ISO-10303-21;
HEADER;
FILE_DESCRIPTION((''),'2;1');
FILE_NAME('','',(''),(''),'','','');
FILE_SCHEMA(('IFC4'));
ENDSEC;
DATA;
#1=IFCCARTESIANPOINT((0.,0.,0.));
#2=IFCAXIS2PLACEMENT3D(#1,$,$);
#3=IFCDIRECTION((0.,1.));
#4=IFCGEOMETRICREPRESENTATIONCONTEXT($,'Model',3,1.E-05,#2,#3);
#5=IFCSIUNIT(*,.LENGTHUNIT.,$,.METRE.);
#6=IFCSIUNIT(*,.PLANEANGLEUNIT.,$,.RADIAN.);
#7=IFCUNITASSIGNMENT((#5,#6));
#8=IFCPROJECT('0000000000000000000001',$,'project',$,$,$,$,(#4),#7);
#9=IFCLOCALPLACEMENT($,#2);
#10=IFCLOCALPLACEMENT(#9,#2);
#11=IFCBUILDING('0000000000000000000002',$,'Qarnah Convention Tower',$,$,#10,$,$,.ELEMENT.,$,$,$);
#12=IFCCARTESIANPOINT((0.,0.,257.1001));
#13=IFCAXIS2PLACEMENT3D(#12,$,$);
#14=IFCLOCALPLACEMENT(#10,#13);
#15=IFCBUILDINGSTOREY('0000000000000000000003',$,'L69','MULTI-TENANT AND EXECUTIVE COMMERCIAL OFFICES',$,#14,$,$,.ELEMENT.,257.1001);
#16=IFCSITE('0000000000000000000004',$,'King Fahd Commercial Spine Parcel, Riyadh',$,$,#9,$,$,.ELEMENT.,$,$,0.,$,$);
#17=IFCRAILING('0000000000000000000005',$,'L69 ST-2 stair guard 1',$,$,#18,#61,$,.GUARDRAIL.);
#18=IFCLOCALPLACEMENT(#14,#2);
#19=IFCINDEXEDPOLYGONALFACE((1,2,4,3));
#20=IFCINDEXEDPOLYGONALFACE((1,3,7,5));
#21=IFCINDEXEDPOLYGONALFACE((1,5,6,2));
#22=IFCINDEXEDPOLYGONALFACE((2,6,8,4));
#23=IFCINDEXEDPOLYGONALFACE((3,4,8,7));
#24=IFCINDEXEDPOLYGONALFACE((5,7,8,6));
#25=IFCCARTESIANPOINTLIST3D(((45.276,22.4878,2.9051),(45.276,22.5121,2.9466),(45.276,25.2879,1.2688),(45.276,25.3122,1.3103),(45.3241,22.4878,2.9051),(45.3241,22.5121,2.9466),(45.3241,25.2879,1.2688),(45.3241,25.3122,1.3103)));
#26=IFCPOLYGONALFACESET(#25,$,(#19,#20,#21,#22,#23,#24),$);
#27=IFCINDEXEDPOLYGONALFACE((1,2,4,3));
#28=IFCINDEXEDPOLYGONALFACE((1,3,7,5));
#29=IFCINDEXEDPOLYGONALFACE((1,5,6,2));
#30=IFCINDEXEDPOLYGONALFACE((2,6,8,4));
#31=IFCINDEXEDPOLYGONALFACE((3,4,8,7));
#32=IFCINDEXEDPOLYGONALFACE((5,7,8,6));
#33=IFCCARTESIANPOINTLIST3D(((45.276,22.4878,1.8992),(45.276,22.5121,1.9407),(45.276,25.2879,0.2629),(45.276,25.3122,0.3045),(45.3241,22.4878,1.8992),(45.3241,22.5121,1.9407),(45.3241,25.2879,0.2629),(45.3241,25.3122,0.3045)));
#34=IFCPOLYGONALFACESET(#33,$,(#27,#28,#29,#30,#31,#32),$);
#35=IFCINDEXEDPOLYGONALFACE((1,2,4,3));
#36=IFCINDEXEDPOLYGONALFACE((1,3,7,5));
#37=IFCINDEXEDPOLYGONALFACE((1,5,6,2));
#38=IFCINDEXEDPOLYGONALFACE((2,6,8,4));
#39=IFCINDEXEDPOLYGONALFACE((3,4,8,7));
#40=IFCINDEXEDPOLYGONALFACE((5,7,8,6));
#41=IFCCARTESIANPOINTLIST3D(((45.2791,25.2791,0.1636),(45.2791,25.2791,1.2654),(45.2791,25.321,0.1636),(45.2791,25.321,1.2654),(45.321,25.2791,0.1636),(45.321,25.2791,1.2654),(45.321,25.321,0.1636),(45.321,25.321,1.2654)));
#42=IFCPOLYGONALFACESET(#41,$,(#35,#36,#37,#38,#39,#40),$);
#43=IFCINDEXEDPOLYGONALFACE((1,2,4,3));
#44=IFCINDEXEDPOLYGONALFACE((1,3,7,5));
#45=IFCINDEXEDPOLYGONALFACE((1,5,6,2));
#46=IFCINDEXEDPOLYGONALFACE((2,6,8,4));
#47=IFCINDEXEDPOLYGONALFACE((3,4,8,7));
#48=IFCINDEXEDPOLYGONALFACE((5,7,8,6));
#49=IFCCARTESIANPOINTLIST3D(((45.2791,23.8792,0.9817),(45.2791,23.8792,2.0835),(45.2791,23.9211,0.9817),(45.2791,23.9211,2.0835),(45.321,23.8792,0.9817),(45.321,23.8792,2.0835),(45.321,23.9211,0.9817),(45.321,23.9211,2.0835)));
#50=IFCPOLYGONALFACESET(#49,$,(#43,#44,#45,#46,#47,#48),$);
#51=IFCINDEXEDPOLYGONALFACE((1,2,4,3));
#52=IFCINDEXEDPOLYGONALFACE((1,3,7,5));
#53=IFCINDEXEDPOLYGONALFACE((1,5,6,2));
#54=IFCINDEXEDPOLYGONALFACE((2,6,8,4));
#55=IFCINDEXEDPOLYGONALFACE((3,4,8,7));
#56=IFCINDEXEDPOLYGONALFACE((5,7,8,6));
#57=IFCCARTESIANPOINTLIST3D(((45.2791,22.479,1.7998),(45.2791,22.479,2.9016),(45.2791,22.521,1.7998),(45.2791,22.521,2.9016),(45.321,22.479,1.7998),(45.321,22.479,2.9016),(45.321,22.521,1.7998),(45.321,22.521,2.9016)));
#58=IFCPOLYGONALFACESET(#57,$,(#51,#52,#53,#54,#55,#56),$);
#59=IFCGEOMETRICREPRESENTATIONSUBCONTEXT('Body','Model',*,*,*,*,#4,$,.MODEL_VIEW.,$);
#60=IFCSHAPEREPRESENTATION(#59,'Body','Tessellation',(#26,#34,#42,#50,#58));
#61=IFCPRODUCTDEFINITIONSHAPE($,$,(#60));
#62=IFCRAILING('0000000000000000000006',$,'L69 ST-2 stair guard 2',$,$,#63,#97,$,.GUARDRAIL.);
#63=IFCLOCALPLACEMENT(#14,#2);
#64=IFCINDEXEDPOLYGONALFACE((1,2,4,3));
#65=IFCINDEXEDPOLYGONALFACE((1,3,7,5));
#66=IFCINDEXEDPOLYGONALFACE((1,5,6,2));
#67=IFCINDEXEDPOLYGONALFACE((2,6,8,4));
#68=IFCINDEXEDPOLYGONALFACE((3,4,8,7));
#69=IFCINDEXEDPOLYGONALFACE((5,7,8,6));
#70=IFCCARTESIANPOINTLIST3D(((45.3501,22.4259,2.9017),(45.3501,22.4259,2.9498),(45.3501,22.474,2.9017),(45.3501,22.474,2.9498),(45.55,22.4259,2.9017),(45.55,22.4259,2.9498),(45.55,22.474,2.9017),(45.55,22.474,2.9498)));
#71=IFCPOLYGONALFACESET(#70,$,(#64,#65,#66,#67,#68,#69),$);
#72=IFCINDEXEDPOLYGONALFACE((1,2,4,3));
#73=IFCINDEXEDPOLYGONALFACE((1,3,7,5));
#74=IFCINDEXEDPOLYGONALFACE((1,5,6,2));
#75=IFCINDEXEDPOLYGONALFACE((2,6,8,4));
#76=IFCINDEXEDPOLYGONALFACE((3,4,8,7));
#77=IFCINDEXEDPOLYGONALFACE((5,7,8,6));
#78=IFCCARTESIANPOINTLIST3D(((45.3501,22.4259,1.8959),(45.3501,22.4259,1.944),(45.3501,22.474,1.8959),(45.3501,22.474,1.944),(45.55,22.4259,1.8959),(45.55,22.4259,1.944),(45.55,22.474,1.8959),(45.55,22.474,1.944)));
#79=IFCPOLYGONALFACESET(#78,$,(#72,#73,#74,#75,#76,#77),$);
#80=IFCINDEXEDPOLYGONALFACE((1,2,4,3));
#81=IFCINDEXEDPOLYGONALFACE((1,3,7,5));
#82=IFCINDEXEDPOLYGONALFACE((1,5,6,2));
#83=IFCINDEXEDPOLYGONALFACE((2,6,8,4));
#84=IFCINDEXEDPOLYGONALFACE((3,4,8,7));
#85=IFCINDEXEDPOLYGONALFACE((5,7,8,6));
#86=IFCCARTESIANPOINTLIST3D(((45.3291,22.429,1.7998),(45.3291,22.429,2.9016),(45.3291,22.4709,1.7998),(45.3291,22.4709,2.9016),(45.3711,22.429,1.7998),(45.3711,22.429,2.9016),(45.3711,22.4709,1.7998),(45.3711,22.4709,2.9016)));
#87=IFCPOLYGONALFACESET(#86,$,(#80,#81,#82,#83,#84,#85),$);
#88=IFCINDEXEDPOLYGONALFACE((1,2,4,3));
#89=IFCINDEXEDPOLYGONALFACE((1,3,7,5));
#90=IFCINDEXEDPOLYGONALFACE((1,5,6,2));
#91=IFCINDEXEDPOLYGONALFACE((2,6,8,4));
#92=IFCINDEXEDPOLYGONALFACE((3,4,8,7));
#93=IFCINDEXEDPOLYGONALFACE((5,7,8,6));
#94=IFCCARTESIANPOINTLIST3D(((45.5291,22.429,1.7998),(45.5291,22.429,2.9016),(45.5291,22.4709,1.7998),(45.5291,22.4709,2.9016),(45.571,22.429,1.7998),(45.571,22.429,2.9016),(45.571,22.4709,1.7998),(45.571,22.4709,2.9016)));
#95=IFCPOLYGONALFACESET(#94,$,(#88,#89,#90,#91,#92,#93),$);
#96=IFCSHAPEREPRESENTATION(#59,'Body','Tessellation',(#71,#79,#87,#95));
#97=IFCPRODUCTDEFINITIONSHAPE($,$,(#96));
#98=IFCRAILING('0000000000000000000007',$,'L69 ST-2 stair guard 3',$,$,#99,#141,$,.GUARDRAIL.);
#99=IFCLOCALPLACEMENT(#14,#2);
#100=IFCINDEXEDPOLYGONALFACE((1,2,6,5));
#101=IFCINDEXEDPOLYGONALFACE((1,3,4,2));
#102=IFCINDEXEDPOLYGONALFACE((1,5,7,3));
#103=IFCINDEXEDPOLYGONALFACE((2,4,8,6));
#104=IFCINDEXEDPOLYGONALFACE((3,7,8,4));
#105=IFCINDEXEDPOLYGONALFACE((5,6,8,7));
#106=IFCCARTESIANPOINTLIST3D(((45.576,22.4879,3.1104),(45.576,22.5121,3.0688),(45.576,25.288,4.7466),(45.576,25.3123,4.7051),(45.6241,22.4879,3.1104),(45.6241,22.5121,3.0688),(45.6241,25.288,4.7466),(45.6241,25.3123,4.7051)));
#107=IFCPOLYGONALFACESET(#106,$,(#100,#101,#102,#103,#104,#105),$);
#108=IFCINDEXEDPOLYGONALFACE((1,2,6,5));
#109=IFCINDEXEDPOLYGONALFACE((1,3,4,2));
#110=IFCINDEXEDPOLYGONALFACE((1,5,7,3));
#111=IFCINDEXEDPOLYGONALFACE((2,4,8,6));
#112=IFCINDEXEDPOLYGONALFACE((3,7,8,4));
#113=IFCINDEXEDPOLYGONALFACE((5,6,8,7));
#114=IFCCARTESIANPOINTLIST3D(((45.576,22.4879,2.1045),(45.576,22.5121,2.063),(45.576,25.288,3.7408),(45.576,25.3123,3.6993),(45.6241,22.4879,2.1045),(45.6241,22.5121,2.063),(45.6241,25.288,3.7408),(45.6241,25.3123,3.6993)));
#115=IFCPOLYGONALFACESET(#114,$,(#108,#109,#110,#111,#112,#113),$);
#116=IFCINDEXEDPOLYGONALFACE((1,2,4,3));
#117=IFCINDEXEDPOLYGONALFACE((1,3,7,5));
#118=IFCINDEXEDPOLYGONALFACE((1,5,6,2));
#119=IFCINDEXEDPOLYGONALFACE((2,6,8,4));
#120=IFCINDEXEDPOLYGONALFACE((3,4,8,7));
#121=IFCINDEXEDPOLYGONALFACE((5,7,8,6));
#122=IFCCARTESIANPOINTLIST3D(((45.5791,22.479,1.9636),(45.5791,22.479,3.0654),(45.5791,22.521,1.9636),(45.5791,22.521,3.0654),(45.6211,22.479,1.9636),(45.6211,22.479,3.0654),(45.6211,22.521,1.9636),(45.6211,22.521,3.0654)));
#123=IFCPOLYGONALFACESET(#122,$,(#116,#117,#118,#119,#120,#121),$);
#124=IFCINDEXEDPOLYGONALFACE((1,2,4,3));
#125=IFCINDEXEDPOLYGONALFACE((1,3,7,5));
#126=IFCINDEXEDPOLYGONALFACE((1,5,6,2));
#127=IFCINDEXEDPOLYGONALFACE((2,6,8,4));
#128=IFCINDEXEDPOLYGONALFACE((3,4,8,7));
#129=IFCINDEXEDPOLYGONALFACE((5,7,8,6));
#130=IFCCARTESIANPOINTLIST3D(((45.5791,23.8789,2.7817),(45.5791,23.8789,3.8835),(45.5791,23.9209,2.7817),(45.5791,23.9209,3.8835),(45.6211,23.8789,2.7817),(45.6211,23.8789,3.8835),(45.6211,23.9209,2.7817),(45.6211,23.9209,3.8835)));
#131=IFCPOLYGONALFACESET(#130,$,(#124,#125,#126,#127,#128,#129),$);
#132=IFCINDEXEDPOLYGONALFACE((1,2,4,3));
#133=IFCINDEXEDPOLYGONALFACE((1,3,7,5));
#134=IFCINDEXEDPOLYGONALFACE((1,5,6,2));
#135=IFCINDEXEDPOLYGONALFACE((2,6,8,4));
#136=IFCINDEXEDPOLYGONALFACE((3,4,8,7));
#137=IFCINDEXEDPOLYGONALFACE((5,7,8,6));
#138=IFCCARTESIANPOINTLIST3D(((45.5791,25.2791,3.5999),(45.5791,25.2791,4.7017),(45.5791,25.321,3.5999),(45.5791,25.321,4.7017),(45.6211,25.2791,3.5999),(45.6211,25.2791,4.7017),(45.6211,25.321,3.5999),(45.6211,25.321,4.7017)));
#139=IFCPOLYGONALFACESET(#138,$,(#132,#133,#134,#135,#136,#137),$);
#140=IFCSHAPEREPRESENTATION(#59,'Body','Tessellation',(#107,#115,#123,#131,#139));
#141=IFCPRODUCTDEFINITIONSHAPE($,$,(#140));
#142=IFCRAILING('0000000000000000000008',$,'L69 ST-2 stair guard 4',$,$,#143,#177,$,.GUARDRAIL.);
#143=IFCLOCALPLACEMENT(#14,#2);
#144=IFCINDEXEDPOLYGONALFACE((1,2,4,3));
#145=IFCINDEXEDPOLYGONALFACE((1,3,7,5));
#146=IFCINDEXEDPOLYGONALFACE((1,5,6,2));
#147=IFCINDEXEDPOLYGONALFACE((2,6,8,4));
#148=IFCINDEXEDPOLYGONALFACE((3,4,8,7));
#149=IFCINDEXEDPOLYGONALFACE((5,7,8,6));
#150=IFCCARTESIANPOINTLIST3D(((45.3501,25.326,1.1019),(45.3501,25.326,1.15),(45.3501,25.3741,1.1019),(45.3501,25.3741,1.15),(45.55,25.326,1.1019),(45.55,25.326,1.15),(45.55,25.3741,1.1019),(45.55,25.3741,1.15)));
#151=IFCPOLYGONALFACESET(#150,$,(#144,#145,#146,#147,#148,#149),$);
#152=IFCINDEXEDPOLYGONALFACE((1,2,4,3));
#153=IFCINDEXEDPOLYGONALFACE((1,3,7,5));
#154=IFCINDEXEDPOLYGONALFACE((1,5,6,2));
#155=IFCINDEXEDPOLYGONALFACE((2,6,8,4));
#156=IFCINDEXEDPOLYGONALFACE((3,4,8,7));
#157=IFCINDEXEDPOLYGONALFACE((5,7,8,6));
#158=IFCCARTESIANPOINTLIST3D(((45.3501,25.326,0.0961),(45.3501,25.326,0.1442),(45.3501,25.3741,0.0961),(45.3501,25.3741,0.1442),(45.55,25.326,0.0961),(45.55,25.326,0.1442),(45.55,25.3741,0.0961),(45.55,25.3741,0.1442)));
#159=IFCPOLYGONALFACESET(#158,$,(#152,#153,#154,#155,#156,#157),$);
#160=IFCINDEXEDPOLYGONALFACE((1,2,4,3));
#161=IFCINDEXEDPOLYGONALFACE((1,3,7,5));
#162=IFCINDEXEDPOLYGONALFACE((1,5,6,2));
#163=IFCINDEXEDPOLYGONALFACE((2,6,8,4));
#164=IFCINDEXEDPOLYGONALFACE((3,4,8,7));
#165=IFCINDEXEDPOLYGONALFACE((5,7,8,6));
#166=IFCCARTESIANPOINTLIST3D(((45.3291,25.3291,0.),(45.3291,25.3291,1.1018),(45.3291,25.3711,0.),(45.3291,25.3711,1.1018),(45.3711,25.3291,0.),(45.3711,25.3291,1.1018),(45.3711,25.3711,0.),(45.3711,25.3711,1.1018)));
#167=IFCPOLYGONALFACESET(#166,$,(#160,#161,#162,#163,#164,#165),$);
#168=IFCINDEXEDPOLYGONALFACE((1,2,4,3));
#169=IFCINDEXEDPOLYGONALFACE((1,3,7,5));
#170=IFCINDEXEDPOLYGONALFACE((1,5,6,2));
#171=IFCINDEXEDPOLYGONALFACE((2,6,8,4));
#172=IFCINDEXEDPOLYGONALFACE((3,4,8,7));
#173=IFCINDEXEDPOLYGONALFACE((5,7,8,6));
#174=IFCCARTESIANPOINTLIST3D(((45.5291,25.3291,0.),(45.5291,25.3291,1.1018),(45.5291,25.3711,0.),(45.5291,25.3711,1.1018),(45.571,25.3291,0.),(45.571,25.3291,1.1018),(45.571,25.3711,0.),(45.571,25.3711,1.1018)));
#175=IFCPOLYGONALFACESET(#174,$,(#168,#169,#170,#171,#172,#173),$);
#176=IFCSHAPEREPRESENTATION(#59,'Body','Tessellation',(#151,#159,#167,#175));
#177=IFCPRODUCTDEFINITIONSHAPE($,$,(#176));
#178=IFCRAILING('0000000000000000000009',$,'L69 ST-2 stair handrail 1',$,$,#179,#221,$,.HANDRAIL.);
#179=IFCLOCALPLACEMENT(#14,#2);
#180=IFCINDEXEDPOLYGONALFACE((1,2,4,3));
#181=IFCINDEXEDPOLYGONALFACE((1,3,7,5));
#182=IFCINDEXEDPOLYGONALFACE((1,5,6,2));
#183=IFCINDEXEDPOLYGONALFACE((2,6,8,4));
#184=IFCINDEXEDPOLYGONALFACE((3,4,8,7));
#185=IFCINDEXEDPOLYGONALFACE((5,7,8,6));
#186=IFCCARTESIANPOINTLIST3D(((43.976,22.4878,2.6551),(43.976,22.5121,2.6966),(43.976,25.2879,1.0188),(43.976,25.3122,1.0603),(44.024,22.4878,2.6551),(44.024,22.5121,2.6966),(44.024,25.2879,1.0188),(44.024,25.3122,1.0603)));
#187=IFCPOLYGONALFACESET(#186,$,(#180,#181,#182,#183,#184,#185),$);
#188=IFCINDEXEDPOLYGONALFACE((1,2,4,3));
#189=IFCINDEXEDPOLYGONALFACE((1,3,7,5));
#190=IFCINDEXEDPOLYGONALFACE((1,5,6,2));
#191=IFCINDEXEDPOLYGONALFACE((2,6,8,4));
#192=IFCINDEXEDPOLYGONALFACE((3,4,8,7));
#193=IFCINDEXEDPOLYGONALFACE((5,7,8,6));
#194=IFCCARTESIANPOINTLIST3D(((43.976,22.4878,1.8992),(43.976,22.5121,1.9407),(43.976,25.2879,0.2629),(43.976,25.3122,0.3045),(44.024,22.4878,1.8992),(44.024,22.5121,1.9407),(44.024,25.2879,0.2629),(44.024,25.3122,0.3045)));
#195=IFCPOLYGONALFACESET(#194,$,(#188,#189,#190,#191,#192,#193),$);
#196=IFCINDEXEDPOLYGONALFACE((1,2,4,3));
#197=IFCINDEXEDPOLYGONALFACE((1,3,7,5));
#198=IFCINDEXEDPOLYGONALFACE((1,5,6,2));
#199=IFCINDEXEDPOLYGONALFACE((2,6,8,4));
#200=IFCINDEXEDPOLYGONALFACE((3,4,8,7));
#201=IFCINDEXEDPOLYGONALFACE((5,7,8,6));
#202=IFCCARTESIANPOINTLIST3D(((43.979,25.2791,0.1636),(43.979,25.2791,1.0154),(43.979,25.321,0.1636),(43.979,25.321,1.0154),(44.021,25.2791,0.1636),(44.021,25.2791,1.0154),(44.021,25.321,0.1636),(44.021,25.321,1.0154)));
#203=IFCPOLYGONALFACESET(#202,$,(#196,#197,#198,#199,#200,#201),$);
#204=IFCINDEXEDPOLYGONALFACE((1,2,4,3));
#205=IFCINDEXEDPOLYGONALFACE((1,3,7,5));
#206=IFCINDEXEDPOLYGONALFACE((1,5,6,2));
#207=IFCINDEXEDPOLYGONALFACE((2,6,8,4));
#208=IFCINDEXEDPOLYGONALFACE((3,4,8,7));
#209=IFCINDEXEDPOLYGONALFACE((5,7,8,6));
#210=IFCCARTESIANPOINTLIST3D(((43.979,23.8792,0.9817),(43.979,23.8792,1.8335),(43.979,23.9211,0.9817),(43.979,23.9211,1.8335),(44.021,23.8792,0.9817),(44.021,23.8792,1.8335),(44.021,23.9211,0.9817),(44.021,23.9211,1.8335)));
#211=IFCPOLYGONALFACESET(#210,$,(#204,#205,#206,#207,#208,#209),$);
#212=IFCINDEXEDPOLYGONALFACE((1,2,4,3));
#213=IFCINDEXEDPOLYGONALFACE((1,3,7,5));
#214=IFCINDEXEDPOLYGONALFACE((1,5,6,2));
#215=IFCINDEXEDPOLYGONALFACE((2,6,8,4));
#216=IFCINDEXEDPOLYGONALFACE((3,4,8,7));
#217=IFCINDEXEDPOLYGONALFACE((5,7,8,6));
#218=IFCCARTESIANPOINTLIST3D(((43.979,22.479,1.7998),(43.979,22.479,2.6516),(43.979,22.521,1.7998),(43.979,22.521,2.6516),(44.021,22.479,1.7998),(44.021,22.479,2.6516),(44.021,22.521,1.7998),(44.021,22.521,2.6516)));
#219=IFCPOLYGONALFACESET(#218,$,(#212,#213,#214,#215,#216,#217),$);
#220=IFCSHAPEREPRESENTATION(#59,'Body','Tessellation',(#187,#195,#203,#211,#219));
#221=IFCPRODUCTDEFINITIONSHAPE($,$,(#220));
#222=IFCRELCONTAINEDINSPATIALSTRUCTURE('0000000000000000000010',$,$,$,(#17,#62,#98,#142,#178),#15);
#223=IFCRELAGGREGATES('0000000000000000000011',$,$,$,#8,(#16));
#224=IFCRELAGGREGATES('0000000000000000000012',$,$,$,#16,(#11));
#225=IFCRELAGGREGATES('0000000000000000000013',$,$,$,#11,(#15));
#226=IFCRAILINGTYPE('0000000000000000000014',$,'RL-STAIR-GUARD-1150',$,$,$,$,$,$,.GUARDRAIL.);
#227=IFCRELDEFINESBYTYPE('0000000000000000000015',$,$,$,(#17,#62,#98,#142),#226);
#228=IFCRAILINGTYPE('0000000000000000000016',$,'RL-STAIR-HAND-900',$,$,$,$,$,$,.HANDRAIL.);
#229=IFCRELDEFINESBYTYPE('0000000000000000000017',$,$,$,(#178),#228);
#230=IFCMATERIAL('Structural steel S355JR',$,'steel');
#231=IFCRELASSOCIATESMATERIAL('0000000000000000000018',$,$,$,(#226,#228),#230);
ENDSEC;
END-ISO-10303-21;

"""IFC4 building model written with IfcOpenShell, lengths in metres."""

from ifc_helpers import new_model, si_unit, direction, frame, origin, origin_2d, place, context, subcontext, project, spatial, rectangle, extrude, material, type_object, element, save


model = new_model("IFC4")

# Units and contexts
model_context = context("Model", 3, precision=1e-05, world=origin(), true_north=direction((0.0, 1.0)))
body_context = subcontext(model_context, "Body", "Model", "MODEL_VIEW")
ifc_project = project(units=[si_unit("LENGTHUNIT", "METRE"), si_unit("PLANEANGLEUNIT", "RADIAN")], contexts=[model_context])

# Site, building, storey
site_placement = place(None, origin())
site = spatial("IfcSite", under=ifc_project, at=site_placement, Name="King Fahd Commercial Spine Parcel, Riyadh", CompositionType="ELEMENT", RefElevation=0.0)
building_placement = place(site_placement, origin())
building = spatial("IfcBuilding", under=site, at=building_placement, Name="Qarnah Convention Tower", CompositionType="ELEMENT")
storey_placement = place(building_placement, frame((0.0, 0.0, 257.1001)))
storey = spatial("IfcBuildingStorey", under=building, at=storey_placement, Name="L69", Description="MULTI-TENANT AND EXECUTIVE COMMERCIAL OFFICES", CompositionType="ELEMENT", Elevation=257.1001)

# Shared definitions
ifc_material_1 = material(Name="Structural steel S355JR", Category="steel")

# Railings
railing_type_1 = type_object("IfcRailingType", Name="RL-STAIR-GUARD-1150", PredefinedType="GUARDRAIL", material=ifc_material_1)
railing_1_placement = place(storey_placement, frame((45.3, 25.3, 0.1636)))
element("IfcRailing", 1, at=railing_1_placement, inside=storey, type_object=railing_type_1, Name="L69 ST-2 stair guard 1", PredefinedType="GUARDRAIL", context=body_context, shape_type="SweptSolid", body=[
    extrude(rectangle(XDim=0.0481, YDim=0.0481, at=origin_2d()), frame((0.0, 0.0, 1.126), z_axis=(0.0, -0.863394, 0.504531), x_axis=(1.0, 0.0, 0.0)), (0.0, 0.0, 1.0), 3.2432),
    extrude(rectangle(XDim=0.0481, YDim=0.0481, at=origin_2d()), frame((0.0, 0.0, 0.1201), z_axis=(0.0, -0.863394, 0.504531), x_axis=(1.0, 0.0, 0.0)), (0.0, 0.0, 1.0), 3.2432),
    extrude(rectangle(XDim=0.042, YDim=0.042, at=origin_2d()), origin(), (0.0, 0.0, 1.0), 1.1018),
    extrude(rectangle(XDim=0.042, YDim=0.042, at=origin_2d()), frame((0.0, -1.3999, 0.8181)), (0.0, 0.0, 1.0), 1.1018),
    extrude(rectangle(XDim=0.042, YDim=0.042, at=origin_2d()), frame((0.0, -2.8, 1.6362)), (0.0, 0.0, 1.0), 1.1018),
])
railing_2_placement = place(storey_placement, frame((45.3501, 22.45, 1.7998)))
element("IfcRailing", 2, at=railing_2_placement, inside=storey, type_object=railing_type_1, Name="L69 ST-2 stair guard 2", PredefinedType="GUARDRAIL", context=body_context, shape_type="SweptSolid", body=[
    extrude(rectangle(XDim=0.0481, YDim=0.0481, at=origin_2d()), frame((0.0, 0.0, 1.126), z_axis=(1.0, 0.0, 0.0), x_axis=(0.0, 1.0, 0.0)), (0.0, 0.0, 1.0), 0.2),
    extrude(rectangle(XDim=0.0481, YDim=0.0481, at=origin_2d()), frame((0.0, 0.0, 0.1201), z_axis=(1.0, 0.0, 0.0), x_axis=(0.0, 1.0, 0.0)), (0.0, 0.0, 1.0), 0.2),
    extrude(rectangle(XDim=0.042, YDim=0.042, at=origin_2d()), origin(), (0.0, 0.0, 1.0), 1.1018),
    extrude(rectangle(XDim=0.042, YDim=0.042, at=origin_2d()), frame((0.2, 0.0, 0.0)), (0.0, 0.0, 1.0), 1.1018),
])
railing_3_placement = place(storey_placement, frame((45.6001, 22.5, 1.9636)))
element("IfcRailing", 3, at=railing_3_placement, inside=storey, type_object=railing_type_1, Name="L69 ST-2 stair guard 3", PredefinedType="GUARDRAIL", context=body_context, shape_type="SweptSolid", body=[
    extrude(rectangle(XDim=0.0481, YDim=0.0481, at=origin_2d()), frame((0.0, 0.0, 1.126), z_axis=(0.0, 0.863394, 0.504531), x_axis=(-1.0, 0.0, 0.0)), (0.0, 0.0, 1.0), 3.2432),
    extrude(rectangle(XDim=0.0481, YDim=0.0481, at=origin_2d()), frame((0.0, 0.0, 0.1201), z_axis=(0.0, 0.863394, 0.504531), x_axis=(-1.0, 0.0, 0.0)), (0.0, 0.0, 1.0), 3.2432),
    extrude(rectangle(XDim=0.042, YDim=0.042, at=origin_2d()), origin(), (0.0, 0.0, 1.0), 1.1018),
    extrude(rectangle(XDim=0.042, YDim=0.042, at=origin_2d()), frame((0.0, 1.3999, 0.8181)), (0.0, 0.0, 1.0), 1.1018),
    extrude(rectangle(XDim=0.042, YDim=0.042, at=origin_2d()), frame((0.0, 2.8, 1.6362)), (0.0, 0.0, 1.0), 1.1018),
])
railing_4_placement = place(storey_placement, frame((45.3501, 25.3501, 0.0)))
element("IfcRailing", 4, at=railing_4_placement, inside=storey, type_object=railing_type_1, Name="L69 ST-2 stair guard 4", PredefinedType="GUARDRAIL", context=body_context, shape_type="SweptSolid", body=[
    extrude(rectangle(XDim=0.0481, YDim=0.0481, at=origin_2d()), frame((0.0, 0.0, 1.126), z_axis=(1.0, 0.0, 0.0), x_axis=(0.0, 1.0, 0.0)), (0.0, 0.0, 1.0), 0.2),
    extrude(rectangle(XDim=0.0481, YDim=0.0481, at=origin_2d()), frame((0.0, 0.0, 0.1201), z_axis=(1.0, 0.0, 0.0), x_axis=(0.0, 1.0, 0.0)), (0.0, 0.0, 1.0), 0.2),
    extrude(rectangle(XDim=0.042, YDim=0.042, at=origin_2d()), origin(), (0.0, 0.0, 1.0), 1.1018),
    extrude(rectangle(XDim=0.042, YDim=0.042, at=origin_2d()), frame((0.2, 0.0, 0.0)), (0.0, 0.0, 1.0), 1.1018),
])
railing_type_2 = type_object("IfcRailingType", Name="RL-STAIR-HAND-900", PredefinedType="HANDRAIL", material=ifc_material_1)
railing_5_placement = place(storey_placement, frame((44.0, 25.3, 0.1636)))
element("IfcRailing", 5, at=railing_5_placement, inside=storey, type_object=railing_type_2, Name="L69 ST-2 stair handrail 1", PredefinedType="HANDRAIL", context=body_context, shape_type="SweptSolid", body=[
    extrude(rectangle(XDim=0.0481, YDim=0.0481, at=origin_2d()), frame((0.0, 0.0, 0.876), z_axis=(0.0, -0.863394, 0.504531), x_axis=(1.0, 0.0, 0.0)), (0.0, 0.0, 1.0), 3.2432),
    extrude(rectangle(XDim=0.0481, YDim=0.0481, at=origin_2d()), frame((0.0, 0.0, 0.1201), z_axis=(0.0, -0.863394, 0.504531), x_axis=(1.0, 0.0, 0.0)), (0.0, 0.0, 1.0), 3.2432),
    extrude(rectangle(XDim=0.042, YDim=0.042, at=origin_2d()), origin(), (0.0, 0.0, 1.0), 0.8518),
    extrude(rectangle(XDim=0.042, YDim=0.042, at=origin_2d()), frame((0.0, -1.3999, 0.8181)), (0.0, 0.0, 1.0), 0.8518),
    extrude(rectangle(XDim=0.042, YDim=0.042, at=origin_2d()), frame((0.0, -2.8, 1.6362)), (0.0, 0.0, 1.0), 0.8518),
])

save(model, "model.ifc")
